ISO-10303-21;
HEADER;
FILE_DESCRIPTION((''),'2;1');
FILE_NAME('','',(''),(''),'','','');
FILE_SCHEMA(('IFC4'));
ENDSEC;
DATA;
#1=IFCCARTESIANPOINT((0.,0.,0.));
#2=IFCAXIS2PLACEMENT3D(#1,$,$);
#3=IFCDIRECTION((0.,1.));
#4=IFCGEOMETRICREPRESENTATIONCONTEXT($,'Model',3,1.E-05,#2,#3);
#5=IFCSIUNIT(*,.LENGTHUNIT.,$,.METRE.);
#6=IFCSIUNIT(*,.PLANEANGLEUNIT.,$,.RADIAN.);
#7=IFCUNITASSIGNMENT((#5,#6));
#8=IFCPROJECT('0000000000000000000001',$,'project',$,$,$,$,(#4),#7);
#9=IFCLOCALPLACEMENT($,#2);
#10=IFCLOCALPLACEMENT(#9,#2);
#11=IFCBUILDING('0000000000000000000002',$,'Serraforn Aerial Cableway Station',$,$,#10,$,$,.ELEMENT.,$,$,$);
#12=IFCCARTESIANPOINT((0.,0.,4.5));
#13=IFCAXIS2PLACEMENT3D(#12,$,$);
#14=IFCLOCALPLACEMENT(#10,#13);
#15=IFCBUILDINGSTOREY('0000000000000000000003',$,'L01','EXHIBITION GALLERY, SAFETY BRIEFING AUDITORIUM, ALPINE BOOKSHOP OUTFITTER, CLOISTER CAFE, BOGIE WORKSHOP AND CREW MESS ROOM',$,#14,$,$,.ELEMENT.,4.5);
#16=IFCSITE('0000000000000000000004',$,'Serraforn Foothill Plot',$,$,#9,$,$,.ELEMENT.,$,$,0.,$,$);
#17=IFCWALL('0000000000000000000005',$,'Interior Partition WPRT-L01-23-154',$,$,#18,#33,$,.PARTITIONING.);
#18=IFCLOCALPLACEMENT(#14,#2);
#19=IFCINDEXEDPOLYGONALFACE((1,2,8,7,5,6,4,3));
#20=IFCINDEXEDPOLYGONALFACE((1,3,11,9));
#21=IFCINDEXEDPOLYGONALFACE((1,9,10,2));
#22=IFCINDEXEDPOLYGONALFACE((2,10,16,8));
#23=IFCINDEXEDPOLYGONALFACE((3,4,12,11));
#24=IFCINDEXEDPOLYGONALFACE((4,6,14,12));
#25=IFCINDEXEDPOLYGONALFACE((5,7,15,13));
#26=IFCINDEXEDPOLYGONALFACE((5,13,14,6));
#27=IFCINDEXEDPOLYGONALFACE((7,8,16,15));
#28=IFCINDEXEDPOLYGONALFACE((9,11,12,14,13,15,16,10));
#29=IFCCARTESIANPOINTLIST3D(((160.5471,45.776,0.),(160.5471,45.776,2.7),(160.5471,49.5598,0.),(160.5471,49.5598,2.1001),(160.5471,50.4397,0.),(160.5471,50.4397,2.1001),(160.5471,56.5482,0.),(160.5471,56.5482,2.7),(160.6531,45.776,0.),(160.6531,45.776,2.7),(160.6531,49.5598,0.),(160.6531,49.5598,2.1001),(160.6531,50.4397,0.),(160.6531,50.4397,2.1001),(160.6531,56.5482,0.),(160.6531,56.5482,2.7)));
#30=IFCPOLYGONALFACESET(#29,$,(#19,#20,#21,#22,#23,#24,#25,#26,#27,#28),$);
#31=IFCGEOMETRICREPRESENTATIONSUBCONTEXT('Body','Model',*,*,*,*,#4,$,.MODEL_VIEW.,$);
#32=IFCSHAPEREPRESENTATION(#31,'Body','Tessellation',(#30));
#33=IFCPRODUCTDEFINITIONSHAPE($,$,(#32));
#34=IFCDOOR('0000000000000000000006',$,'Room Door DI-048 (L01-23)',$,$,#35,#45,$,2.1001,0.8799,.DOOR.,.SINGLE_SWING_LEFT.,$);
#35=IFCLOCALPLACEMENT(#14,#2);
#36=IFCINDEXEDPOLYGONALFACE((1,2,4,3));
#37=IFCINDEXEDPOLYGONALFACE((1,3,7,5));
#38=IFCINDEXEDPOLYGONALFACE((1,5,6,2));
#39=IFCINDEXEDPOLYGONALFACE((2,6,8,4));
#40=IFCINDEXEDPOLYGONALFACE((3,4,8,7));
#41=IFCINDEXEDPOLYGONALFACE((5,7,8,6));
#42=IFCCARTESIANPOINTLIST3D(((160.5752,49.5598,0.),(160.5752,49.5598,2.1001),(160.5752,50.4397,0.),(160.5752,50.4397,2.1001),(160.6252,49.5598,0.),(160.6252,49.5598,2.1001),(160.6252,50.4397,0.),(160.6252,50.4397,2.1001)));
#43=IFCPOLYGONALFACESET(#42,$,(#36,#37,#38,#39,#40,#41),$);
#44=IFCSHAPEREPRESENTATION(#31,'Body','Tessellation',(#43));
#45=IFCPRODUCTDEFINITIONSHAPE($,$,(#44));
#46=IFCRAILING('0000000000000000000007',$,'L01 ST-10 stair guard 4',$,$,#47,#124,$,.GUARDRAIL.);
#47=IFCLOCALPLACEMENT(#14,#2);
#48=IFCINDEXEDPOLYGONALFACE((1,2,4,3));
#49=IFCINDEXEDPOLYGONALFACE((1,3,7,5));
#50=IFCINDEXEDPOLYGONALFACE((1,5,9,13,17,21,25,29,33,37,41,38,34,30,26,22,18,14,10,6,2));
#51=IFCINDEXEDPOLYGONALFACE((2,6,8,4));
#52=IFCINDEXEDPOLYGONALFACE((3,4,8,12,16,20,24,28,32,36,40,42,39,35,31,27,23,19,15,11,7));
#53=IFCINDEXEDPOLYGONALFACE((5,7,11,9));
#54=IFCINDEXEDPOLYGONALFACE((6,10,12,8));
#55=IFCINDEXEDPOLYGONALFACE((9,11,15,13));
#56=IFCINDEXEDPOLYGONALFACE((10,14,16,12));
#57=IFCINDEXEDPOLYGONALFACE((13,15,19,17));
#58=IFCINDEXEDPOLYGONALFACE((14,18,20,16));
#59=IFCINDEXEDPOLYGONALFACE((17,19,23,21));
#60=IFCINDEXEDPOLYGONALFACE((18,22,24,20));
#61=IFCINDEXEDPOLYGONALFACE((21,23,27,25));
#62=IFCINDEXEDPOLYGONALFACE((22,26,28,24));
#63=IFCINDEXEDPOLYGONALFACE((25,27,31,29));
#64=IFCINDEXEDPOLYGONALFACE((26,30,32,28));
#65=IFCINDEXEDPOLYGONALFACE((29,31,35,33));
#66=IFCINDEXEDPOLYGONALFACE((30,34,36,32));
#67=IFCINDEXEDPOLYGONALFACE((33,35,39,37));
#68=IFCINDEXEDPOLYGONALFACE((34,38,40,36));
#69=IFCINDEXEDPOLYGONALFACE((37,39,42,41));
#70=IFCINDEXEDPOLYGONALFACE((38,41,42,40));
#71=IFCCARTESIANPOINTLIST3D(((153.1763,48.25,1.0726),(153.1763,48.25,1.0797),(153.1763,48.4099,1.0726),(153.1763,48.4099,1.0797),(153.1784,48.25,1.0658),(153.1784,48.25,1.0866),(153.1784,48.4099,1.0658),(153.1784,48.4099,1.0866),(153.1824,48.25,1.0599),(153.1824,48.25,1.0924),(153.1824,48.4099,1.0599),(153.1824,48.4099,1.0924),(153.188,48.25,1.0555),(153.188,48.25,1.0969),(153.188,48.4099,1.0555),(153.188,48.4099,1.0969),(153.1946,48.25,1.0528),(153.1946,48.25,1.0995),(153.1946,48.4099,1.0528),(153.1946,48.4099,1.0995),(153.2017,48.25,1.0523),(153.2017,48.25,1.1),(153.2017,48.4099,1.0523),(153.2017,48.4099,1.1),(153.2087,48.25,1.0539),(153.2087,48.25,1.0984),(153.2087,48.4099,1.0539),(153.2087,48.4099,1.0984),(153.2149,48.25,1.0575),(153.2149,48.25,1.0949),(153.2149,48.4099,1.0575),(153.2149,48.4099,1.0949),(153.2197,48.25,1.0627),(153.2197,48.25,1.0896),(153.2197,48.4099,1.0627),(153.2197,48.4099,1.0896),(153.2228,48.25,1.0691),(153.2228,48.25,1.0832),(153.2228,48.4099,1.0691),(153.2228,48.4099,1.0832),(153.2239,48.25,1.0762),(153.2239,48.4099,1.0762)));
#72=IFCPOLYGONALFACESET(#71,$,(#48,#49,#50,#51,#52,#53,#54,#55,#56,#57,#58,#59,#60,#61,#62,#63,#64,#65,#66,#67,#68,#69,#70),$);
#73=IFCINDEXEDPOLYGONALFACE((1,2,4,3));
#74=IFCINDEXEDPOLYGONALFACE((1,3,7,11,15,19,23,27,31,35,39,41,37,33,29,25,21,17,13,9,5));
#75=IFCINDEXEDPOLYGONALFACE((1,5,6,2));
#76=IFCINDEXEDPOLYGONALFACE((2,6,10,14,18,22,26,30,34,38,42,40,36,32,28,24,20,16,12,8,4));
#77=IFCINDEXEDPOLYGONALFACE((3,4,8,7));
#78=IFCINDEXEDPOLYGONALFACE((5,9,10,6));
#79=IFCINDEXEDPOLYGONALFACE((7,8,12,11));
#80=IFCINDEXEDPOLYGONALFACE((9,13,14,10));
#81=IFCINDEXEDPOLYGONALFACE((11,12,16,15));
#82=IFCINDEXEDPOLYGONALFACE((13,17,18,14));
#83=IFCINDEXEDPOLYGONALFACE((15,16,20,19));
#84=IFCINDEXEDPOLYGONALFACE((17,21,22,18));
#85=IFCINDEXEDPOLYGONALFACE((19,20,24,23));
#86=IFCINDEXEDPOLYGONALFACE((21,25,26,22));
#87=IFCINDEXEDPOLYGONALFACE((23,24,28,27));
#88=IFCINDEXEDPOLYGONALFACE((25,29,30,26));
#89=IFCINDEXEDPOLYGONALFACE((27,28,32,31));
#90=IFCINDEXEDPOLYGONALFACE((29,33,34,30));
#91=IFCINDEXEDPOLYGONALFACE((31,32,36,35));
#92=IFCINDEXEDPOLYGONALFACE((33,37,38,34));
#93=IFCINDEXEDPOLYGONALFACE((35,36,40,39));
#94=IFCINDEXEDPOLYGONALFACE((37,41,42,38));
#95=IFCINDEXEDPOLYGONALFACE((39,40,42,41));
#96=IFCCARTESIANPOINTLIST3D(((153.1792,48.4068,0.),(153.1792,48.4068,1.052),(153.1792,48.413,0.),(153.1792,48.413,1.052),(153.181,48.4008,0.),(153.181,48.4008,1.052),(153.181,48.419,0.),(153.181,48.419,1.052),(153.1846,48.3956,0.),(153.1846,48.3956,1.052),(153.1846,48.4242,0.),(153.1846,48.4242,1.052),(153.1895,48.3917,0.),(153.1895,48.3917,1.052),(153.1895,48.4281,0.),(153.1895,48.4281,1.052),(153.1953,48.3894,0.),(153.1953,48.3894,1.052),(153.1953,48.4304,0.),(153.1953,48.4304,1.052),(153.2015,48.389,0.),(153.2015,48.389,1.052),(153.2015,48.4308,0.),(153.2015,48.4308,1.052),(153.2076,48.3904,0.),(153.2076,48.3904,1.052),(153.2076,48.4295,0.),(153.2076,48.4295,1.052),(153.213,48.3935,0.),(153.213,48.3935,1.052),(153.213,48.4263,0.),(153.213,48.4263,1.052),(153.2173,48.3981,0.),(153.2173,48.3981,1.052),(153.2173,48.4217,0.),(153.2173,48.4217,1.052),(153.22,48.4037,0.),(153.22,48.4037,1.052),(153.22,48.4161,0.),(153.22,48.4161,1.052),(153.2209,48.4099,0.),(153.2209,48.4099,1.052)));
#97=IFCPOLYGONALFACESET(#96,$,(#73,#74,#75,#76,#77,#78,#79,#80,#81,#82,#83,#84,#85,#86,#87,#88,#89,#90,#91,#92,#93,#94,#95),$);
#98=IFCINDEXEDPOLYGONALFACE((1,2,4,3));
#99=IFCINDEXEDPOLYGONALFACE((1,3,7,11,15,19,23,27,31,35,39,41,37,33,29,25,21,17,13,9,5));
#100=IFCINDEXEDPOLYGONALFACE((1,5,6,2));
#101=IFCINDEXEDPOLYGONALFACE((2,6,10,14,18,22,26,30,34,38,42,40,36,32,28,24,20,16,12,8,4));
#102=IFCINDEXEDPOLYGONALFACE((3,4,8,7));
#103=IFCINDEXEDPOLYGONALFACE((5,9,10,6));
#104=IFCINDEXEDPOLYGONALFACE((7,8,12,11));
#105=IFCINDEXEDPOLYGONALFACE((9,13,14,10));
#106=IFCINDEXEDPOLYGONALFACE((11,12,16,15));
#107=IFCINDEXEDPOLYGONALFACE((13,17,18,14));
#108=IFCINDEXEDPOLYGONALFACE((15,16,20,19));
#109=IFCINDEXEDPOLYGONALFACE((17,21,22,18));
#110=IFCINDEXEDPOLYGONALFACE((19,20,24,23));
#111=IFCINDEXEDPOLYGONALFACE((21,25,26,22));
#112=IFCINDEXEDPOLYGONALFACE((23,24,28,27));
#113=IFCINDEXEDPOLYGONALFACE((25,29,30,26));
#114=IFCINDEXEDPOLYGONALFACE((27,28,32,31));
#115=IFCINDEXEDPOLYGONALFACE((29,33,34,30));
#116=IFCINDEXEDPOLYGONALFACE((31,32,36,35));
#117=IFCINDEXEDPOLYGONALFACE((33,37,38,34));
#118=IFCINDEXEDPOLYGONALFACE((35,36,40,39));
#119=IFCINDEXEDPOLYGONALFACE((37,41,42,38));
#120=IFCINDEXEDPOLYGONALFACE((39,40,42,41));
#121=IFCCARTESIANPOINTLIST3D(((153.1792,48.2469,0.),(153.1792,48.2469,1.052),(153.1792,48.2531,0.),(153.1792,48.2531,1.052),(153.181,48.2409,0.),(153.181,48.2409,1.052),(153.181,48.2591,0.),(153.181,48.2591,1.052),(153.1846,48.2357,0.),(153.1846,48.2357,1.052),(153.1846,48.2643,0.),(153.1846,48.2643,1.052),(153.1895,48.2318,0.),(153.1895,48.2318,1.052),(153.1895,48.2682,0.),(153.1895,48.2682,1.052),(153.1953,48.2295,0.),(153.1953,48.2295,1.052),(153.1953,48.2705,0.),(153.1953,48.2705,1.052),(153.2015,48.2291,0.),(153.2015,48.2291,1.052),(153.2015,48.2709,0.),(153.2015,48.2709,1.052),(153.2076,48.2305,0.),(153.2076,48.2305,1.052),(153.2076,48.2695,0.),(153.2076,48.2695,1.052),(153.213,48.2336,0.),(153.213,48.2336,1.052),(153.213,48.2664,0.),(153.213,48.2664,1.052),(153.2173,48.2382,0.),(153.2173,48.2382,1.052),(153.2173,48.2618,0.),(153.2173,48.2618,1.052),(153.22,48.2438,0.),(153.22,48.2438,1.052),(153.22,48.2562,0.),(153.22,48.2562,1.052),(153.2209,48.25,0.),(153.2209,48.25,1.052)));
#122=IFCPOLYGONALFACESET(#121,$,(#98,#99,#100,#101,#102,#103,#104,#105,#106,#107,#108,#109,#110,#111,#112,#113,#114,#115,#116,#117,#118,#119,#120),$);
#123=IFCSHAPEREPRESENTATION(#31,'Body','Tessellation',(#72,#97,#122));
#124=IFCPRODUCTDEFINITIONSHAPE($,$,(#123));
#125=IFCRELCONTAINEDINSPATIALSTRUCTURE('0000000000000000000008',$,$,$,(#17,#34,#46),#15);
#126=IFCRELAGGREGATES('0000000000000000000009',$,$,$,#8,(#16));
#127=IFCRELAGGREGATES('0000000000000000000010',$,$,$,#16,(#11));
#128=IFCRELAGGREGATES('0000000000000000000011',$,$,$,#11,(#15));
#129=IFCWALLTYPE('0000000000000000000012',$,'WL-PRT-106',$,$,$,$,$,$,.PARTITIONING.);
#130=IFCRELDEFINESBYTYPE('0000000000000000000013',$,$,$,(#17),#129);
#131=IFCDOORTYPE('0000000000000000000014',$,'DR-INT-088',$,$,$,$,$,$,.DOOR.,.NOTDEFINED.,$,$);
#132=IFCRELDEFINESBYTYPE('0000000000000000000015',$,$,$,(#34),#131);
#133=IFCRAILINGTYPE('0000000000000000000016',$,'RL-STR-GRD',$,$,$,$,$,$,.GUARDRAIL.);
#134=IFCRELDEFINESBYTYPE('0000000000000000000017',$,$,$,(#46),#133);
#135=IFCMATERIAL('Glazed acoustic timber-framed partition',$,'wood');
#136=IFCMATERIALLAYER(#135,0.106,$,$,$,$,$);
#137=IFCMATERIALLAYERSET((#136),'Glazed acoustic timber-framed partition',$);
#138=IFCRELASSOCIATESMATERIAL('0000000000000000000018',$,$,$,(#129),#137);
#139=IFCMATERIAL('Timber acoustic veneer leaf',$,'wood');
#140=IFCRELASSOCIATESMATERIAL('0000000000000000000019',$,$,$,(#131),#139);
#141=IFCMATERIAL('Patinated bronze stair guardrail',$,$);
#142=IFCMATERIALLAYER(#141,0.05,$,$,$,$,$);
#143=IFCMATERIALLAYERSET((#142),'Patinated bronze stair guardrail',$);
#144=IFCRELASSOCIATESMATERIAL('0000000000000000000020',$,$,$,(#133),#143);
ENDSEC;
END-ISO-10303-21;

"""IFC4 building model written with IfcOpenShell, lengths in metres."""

from ifc_helpers import new_model, si_unit, direction, frame, frame_2d, origin, origin_2d, place, context, subcontext, project, spatial, rectangle, circle, extrude, material, layer, layer_set, type_object, element, fill, save


model = new_model("IFC4")

# Units and contexts
model_context = context("Model", 3, precision=1e-05, world=origin(), true_north=direction((0.0, 1.0)))
body_context = subcontext(model_context, "Body", "Model", "MODEL_VIEW")
ifc_project = project(units=[si_unit("LENGTHUNIT", "METRE"), si_unit("PLANEANGLEUNIT", "RADIAN")], contexts=[model_context])

# Site, building, storey
site_placement = place(None, origin())
site = spatial("IfcSite", under=ifc_project, at=site_placement, Name="Serraforn Foothill Plot", CompositionType="ELEMENT", RefElevation=0.0)
building_placement = place(site_placement, origin())
building = spatial("IfcBuilding", under=site, at=building_placement, Name="Serraforn Aerial Cableway Station", CompositionType="ELEMENT")
storey_placement = place(building_placement, frame((0.0, 0.0, 4.5)))
storey = spatial("IfcBuildingStorey", under=building, at=storey_placement, Name="L01", Description="EXHIBITION GALLERY, SAFETY BRIEFING AUDITORIUM, ALPINE BOOKSHOP OUTFITTER, CLOISTER CAFE, BOGIE WORKSHOP AND CREW MESS ROOM", CompositionType="ELEMENT", Elevation=4.5)

# Wall, opening, door
ifc_material_1 = material(Name="Glazed acoustic timber-framed partition", Category="wood")
ifc_layer_1 = layer(ifc_material_1, 0.106)
ifc_layer_set_1 = layer_set([ifc_layer_1], Name="Glazed acoustic timber-framed partition")
wall_type_1 = type_object("IfcWallType", Name="WL-PRT-106", PredefinedType="PARTITIONING", material=ifc_layer_set_1)
wall_1_placement = place(storey_placement, frame((160.6001, 45.7759, 0.0), z_axis=(0.0, 0.0, 1.0), x_axis=(0.0, 1.0, 0.0)))
wall_1 = element("IfcWall", 1, at=wall_1_placement, inside=storey, type_object=wall_type_1, Name="Interior Partition WPRT-L01-23-154", PredefinedType="PARTITIONING", context=body_context, shape_type="SweptSolid", body=[
    extrude(rectangle(XDim=10.7722, YDim=0.106, at=frame_2d((5.3862, 0.0))), origin(), (0.0, 0.0, 1.0), 2.7),
])
opening_1_placement = place(wall_1_placement, frame((3.7839, 0.0, 0.0)))
opening_1 = element("IfcOpeningElement", 2, at=opening_1_placement, cuts=wall_1, PredefinedType="OPENING", context=body_context, shape_type="SweptSolid", body=[
    extrude(rectangle(XDim=0.8799, YDim=2.1001, at=frame_2d((0.4399, 1.05))), frame((0.0, 0.063, 0.0), z_axis=(0.0, -1.0, 0.0), x_axis=(1.0, 0.0, 0.0)), (0.0, 0.0, 1.0), 0.126),
])
ifc_material_2 = material(Name="Timber acoustic veneer leaf", Category="wood")
door_type_1 = type_object("IfcDoorType", Name="DR-INT-088", OperationType="NOTDEFINED", PredefinedType="DOOR", material=ifc_material_2)
door_1_placement = place(opening_1_placement, origin())
door_1 = element("IfcDoor", 3, at=door_1_placement, inside=storey, type_object=door_type_1, Name="Room Door DI-048 (L01-23)", OperationType="SINGLE_SWING_LEFT", OverallHeight=2.1001, OverallWidth=0.8799, PredefinedType="DOOR", context=body_context, shape_type="SweptSolid", body=[
    extrude(rectangle(XDim=0.8799, YDim=2.1001, at=frame_2d((0.4399, 1.05))), frame((0.0, 0.0249, 0.0), z_axis=(0.0, -1.0, 0.0), x_axis=(1.0, 0.0, 0.0)), (0.0, 0.0, 1.0), 0.05),
])
fill(opening_1, door_1)

# Railing
ifc_material_3 = material(Name="Patinated bronze stair guardrail")
ifc_layer_2 = layer(ifc_material_3, 0.05)
ifc_layer_set_2 = layer_set([ifc_layer_2], Name="Patinated bronze stair guardrail")
railing_type_1 = type_object("IfcRailingType", Name="RL-STR-GRD", PredefinedType="GUARDRAIL", material=ifc_layer_set_2)
railing_1_placement = place(storey_placement, frame((153.2, 48.4099, 0.0)))
element("IfcRailing", 4, at=railing_1_placement, inside=storey, type_object=railing_type_1, Name="L01 ST-10 stair guard 4", PredefinedType="GUARDRAIL", context=body_context, shape_type="SweptSolid", body=[
    extrude(circle(Radius=0.0239, at=origin_2d()), frame((0.0, 0.0, 1.0762), z_axis=(0.0, -1.0, 0.0), x_axis=(1.0, 0.0, 0.0)), (0.0, 0.0, 1.0), 0.1599),
    extrude(circle(Radius=0.021, at=origin_2d()), origin(), (0.0, 0.0, 1.0), 1.052),
    extrude(circle(Radius=0.021, at=origin_2d()), frame((0.0, -0.1599, 0.0)), (0.0, 0.0, 1.0), 1.052),
])

save(model, "model.ifc")
